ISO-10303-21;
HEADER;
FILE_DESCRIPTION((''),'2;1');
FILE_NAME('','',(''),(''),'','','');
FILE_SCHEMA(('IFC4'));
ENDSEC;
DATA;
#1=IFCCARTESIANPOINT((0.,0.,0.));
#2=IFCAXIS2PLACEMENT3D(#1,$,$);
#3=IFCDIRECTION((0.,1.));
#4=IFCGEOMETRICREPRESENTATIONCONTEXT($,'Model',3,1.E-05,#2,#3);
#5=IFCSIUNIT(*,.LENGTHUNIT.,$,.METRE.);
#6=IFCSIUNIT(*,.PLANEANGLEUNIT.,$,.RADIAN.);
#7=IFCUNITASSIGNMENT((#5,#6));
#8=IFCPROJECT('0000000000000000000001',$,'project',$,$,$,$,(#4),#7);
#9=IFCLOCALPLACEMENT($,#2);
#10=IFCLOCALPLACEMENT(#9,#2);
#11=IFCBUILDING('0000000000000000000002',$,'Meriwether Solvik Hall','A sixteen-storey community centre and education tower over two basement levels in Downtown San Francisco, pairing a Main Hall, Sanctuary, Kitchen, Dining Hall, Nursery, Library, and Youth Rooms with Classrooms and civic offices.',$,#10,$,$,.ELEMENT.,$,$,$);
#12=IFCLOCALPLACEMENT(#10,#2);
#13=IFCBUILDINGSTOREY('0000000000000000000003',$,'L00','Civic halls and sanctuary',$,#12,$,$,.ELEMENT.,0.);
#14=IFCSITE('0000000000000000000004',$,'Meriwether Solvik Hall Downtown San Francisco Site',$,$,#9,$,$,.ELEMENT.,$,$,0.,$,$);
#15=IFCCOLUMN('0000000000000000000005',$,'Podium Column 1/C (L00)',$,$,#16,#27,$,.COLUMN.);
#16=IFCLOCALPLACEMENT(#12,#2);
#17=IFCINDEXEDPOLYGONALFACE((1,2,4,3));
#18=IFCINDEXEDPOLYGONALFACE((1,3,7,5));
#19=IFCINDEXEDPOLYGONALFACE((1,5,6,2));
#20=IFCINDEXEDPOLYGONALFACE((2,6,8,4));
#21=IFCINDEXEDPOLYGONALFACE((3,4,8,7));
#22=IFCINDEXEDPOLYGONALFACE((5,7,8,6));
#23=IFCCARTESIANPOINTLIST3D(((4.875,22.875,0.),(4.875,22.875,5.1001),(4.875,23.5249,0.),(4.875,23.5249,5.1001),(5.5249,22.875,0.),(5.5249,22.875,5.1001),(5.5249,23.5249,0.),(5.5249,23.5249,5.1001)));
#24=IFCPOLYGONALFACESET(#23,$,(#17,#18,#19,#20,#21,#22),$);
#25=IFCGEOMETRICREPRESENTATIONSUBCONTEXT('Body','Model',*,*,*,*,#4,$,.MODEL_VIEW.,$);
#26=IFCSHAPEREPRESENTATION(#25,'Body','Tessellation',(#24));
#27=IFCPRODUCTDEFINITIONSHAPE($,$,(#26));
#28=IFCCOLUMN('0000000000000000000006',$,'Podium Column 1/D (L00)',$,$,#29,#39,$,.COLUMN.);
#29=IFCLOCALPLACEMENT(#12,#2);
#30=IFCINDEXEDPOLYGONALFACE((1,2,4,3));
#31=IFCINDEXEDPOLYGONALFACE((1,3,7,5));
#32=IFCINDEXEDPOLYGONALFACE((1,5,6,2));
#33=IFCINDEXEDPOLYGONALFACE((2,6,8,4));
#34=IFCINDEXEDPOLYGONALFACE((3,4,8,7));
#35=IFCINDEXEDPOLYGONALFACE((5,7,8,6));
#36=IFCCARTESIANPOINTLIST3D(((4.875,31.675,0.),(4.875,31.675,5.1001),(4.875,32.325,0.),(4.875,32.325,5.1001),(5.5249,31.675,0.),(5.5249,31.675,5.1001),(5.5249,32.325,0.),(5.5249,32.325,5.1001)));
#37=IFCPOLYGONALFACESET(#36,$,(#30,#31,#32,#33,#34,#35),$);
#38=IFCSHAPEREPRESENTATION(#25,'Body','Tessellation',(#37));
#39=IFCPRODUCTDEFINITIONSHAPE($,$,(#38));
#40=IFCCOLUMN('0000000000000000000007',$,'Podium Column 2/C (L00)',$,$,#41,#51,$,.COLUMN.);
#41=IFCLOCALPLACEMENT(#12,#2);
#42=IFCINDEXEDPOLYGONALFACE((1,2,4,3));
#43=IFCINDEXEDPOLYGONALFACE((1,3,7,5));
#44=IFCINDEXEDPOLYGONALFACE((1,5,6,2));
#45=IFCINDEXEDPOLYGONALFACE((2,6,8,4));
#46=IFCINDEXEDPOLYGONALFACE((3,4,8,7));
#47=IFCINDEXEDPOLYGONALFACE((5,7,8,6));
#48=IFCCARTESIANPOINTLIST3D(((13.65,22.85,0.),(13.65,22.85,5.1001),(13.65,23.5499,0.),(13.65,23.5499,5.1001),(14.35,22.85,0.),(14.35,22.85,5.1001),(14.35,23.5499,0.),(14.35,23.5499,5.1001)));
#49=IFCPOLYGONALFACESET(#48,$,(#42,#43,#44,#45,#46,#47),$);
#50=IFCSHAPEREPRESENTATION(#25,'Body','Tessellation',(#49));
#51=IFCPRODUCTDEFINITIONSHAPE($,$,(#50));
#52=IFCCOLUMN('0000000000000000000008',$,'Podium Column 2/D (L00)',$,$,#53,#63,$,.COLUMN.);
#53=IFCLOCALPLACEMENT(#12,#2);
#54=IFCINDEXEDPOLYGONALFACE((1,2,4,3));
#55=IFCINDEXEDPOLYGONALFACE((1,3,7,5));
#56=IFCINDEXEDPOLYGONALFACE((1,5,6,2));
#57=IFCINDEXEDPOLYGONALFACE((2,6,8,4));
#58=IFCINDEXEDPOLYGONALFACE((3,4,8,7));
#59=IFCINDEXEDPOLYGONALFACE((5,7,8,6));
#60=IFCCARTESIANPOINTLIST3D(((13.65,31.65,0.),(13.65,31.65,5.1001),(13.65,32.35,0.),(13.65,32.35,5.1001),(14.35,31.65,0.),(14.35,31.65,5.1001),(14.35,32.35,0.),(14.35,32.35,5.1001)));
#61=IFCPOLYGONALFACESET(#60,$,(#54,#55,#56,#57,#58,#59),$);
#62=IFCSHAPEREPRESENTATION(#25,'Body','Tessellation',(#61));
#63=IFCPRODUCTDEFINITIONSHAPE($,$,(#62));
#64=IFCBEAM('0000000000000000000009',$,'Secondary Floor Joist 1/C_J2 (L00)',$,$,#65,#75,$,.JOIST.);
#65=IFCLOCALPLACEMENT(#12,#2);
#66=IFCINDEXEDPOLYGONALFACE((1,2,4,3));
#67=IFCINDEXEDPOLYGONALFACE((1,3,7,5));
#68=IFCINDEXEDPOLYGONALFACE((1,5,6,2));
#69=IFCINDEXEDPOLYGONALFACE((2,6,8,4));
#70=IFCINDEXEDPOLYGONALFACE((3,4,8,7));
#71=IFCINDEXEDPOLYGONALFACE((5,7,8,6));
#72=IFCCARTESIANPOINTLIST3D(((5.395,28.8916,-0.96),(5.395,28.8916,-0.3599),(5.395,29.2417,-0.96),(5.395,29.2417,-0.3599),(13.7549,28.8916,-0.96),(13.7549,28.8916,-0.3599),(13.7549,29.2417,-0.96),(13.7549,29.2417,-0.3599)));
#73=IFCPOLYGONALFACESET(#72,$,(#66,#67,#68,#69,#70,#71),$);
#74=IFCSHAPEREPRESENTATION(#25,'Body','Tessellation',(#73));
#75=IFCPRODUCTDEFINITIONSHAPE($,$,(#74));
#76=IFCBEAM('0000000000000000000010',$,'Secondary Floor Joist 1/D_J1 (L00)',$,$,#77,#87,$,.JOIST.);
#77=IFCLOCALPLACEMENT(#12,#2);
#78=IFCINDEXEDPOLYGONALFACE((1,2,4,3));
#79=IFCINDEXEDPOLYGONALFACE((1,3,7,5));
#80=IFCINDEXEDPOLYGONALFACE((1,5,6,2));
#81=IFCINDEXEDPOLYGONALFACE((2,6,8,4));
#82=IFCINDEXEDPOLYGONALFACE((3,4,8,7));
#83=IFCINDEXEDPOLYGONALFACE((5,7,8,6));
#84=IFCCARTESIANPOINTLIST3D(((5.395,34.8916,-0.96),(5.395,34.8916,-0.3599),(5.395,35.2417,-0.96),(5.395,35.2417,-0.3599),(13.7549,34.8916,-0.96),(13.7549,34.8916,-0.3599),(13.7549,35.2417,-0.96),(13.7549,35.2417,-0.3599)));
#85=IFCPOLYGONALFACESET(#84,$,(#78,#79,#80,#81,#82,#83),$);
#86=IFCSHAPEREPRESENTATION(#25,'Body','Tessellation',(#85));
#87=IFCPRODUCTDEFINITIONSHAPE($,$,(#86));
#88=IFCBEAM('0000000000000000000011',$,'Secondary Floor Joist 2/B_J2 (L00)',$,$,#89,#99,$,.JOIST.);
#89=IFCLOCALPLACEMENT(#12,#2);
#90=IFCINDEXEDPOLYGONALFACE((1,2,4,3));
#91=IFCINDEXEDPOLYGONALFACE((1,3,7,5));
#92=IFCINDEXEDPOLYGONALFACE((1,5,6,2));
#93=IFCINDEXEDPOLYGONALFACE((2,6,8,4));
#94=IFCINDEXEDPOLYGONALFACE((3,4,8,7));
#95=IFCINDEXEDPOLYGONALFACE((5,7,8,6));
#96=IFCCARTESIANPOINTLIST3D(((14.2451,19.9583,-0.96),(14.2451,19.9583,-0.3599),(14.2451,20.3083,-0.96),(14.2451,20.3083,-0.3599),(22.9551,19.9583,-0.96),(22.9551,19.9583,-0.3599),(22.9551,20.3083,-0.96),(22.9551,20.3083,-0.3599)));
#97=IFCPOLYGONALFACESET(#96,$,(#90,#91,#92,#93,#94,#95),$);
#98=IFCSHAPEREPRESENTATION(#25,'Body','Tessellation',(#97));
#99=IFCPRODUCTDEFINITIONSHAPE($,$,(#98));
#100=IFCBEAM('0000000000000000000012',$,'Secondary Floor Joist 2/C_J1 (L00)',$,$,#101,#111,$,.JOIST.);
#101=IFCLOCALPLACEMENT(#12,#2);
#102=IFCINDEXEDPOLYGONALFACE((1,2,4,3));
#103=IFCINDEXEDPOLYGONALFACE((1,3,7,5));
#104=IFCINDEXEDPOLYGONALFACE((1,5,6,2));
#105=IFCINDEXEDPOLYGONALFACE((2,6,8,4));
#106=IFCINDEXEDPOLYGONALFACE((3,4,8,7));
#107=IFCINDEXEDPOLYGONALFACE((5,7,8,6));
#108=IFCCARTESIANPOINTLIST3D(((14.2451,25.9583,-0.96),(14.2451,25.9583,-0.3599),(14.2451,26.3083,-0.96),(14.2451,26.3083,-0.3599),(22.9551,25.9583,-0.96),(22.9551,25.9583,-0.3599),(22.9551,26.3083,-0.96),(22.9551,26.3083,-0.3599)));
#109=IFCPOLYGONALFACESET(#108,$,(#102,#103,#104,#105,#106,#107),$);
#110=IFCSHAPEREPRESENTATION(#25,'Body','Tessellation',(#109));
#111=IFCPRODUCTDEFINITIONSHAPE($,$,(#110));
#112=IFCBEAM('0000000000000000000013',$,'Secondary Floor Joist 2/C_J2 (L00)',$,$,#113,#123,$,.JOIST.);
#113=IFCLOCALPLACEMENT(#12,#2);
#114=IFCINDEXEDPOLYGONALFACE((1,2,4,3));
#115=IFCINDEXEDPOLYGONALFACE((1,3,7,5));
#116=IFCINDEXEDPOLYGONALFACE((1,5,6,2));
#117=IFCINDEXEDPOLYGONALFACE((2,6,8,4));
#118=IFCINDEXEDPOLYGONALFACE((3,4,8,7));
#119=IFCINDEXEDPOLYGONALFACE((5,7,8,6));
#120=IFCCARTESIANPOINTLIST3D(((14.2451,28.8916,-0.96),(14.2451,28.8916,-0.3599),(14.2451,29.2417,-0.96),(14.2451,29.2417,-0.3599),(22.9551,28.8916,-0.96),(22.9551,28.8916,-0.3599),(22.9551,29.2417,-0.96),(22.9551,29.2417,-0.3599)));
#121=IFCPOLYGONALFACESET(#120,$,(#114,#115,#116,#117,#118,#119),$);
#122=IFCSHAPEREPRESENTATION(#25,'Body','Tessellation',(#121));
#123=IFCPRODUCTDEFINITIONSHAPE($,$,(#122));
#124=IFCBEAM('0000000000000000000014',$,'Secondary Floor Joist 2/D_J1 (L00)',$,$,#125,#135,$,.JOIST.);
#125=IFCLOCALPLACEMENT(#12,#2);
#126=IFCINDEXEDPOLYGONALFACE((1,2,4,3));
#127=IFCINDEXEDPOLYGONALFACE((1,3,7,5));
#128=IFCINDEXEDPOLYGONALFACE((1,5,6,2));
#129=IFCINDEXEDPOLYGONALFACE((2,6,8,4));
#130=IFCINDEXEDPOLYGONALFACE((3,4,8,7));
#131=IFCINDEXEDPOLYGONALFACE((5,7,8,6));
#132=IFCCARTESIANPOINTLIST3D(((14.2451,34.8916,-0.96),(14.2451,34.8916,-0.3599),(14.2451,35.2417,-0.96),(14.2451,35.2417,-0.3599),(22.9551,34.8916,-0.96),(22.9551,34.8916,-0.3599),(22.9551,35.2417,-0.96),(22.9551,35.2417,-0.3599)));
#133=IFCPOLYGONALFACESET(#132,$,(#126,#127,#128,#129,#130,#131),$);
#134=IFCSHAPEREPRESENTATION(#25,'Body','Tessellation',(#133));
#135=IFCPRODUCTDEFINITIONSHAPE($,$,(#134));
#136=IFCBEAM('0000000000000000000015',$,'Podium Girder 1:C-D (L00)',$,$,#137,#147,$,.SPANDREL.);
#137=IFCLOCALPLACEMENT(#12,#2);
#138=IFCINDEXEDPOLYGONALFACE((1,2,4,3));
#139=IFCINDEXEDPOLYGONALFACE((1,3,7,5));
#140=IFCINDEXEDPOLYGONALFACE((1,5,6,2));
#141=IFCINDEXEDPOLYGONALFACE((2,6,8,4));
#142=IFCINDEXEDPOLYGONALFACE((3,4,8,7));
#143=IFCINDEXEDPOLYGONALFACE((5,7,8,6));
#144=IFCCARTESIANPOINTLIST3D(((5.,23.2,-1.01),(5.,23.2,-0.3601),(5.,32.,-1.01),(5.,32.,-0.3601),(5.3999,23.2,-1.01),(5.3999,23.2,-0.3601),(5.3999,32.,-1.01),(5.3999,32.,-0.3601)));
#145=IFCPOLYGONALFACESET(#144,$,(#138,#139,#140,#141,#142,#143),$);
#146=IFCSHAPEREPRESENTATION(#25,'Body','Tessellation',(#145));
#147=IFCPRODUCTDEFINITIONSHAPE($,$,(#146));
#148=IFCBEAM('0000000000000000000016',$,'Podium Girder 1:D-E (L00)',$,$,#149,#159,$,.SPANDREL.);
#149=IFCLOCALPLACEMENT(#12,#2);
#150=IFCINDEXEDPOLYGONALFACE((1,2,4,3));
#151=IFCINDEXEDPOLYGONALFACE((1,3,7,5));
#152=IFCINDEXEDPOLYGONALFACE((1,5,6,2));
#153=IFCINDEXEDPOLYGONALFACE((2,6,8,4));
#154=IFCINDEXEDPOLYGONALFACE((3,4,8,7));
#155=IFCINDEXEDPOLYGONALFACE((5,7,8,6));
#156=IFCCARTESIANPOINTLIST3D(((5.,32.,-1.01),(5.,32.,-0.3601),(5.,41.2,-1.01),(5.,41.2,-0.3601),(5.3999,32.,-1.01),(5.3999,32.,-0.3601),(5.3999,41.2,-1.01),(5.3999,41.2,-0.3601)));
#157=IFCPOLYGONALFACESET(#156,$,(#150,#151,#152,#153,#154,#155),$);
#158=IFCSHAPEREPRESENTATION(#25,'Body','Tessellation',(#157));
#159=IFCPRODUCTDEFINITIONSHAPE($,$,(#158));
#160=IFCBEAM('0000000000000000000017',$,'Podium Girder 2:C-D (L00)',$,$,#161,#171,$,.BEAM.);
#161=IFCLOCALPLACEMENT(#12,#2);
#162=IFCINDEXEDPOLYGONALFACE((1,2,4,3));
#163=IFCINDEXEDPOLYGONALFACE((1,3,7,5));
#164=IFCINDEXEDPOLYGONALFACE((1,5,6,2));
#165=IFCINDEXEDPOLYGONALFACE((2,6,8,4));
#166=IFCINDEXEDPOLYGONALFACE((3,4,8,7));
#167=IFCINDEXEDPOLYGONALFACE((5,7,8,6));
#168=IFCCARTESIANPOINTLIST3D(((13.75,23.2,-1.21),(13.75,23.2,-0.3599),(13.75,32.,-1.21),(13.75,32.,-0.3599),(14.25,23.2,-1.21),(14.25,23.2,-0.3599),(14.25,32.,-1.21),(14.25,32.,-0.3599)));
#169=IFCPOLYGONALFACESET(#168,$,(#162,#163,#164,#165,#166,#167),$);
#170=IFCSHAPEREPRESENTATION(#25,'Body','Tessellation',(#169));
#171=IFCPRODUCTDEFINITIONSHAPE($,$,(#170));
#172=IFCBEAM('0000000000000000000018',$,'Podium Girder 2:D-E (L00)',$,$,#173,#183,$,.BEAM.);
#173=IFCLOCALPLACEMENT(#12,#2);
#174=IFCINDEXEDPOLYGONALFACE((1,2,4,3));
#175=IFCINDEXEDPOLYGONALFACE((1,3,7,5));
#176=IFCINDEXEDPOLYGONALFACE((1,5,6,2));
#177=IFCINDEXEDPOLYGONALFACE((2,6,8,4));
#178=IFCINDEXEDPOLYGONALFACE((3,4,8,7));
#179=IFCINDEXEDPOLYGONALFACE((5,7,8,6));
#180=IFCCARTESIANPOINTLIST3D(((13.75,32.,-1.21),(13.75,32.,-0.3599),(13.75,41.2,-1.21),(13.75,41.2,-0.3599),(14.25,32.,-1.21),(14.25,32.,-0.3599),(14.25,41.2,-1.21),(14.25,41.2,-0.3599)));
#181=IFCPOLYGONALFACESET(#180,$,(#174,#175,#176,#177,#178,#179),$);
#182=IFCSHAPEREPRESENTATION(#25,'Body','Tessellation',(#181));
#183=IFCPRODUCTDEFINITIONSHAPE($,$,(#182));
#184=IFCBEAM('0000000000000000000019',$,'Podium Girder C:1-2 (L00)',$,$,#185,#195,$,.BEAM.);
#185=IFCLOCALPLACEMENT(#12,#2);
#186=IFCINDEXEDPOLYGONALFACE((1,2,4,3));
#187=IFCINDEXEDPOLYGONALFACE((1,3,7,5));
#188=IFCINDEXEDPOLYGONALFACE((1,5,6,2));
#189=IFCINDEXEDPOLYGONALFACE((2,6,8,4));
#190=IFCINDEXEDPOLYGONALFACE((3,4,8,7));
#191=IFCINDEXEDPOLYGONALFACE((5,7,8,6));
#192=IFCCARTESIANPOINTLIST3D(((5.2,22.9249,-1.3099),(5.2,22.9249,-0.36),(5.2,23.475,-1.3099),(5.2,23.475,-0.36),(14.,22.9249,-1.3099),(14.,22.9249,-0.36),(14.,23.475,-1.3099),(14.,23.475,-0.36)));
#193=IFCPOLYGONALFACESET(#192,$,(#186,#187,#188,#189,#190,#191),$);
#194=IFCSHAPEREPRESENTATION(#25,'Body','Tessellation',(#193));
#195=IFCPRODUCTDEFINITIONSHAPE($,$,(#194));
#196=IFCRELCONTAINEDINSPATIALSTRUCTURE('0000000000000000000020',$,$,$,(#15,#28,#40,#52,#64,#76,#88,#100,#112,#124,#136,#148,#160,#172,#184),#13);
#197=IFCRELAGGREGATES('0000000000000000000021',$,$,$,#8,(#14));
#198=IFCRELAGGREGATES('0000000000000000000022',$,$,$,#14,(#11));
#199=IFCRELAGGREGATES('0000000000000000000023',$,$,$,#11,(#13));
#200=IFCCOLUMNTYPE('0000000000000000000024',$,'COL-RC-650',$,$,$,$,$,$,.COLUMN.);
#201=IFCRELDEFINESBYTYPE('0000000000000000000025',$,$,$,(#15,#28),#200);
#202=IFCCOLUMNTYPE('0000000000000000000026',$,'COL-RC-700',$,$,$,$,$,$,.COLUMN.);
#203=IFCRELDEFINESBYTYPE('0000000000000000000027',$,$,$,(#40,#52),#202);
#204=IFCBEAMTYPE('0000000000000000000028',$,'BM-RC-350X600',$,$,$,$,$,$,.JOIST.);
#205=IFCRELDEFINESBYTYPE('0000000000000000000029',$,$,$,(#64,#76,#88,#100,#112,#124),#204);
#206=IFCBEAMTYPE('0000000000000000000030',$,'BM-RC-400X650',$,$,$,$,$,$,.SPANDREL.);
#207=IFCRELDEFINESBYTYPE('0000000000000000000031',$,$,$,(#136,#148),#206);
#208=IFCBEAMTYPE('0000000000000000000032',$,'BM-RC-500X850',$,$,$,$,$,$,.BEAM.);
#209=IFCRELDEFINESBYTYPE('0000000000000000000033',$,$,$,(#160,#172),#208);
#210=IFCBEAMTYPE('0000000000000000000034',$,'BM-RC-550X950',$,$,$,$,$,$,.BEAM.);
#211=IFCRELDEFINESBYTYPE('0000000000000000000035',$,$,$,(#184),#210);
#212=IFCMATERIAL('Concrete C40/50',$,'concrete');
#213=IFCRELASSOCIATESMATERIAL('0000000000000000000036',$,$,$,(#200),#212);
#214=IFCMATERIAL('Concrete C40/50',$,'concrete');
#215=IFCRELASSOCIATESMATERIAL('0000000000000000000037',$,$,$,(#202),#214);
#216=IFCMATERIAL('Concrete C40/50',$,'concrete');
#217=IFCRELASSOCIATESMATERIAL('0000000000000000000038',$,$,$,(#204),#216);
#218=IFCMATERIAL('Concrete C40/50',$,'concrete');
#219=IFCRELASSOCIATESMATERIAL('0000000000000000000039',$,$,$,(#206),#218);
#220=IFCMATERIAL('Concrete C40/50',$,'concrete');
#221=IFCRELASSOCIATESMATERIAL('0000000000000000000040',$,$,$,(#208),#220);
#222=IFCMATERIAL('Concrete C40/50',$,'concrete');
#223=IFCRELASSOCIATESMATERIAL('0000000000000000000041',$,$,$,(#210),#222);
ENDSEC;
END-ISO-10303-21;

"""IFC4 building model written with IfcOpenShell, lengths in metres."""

from ifc_helpers import new_model, si_unit, direction, frame, origin, origin_2d, place, context, subcontext, project, spatial, rectangle, extrude, material, material_profile, profile_set, type_object, element, save


model = new_model("IFC4")

# Units and contexts
model_context = context("Model", 3, precision=1e-05, world=origin(), true_north=direction((0.0, 1.0)))
body_context = subcontext(model_context, "Body", "Model", "MODEL_VIEW")
ifc_project = project(units=[si_unit("LENGTHUNIT", "METRE"), si_unit("PLANEANGLEUNIT", "RADIAN")], contexts=[model_context])

# Site, building, storey
site_placement = place(None, origin())
site = spatial("IfcSite", under=ifc_project, at=site_placement, Name="Meriwether Solvik Hall Downtown San Francisco Site", CompositionType="ELEMENT", RefElevation=0.0)
building_placement = place(site_placement, origin())
building = spatial("IfcBuilding", under=site, at=building_placement, Name="Meriwether Solvik Hall", Description="A sixteen-storey community centre and education tower over two basement levels in Downtown San Francisco, pairing a Main Hall, Sanctuary, Kitchen, Dining Hall, Nursery, Library, and Youth Rooms with Classrooms and civic offices.", CompositionType="ELEMENT")
storey_placement = place(building_placement, origin())
storey = spatial("IfcBuildingStorey", under=building, at=storey_placement, Name="L00", Description="Civic halls and sanctuary", CompositionType="ELEMENT", Elevation=0.0)

# Columns
ifc_material_1 = material(Name="Concrete C40/50", Category="concrete")
ifc_material_profile_1 = material_profile(ifc_material_1, rectangle(XDim=0.6499, YDim=0.6499, at=origin_2d()), Name="RCC-650X650")
ifc_profile_set_1 = profile_set([ifc_material_profile_1], Name="Concrete C40/50")
column_type_1 = type_object("IfcColumnType", Name="COL-RC-650", PredefinedType="COLUMN", material=ifc_profile_set_1)
for number, where, z_axis, x_axis, name in (
    (1, (5.2, 23.2, 0.0), (0.0, 0.0, 1.0), (1.0, 0.0, 0.0), "Podium Column 1/C (L00)"),
    (2, (5.2, 32.0, 0.0), (0.0, 0.0, 1.0), (1.0, 0.0, 0.0), "Podium Column 1/D (L00)"),
):
    element("IfcColumn", number, at=place(storey_placement, frame(where, z_axis=z_axis, x_axis=x_axis)), inside=storey, type_object=column_type_1, Name=name, PredefinedType="COLUMN", context=body_context, shape_type="SweptSolid", body=[
        extrude(rectangle(XDim=0.6499, YDim=0.6499, at=origin_2d()), origin(), (0.0, 0.0, 1.0), 5.1001),
    ])
ifc_material_2 = material(Name="Concrete C40/50", Category="concrete")
ifc_material_profile_2 = material_profile(ifc_material_2, rectangle(XDim=0.7, YDim=0.7, at=origin_2d()), Name="RCC-700X700")
ifc_profile_set_2 = profile_set([ifc_material_profile_2], Name="Concrete C40/50")
column_type_2 = type_object("IfcColumnType", Name="COL-RC-700", PredefinedType="COLUMN", material=ifc_profile_set_2)
for number, where, z_axis, x_axis, name in (
    (3, (14.0, 23.2, 0.0), (0.0, 0.0, 1.0), (1.0, 0.0, 0.0), "Podium Column 2/C (L00)"),
    (4, (14.0, 32.0, 0.0), (0.0, 0.0, 1.0), (1.0, 0.0, 0.0), "Podium Column 2/D (L00)"),
):
    element("IfcColumn", number, at=place(storey_placement, frame(where, z_axis=z_axis, x_axis=x_axis)), inside=storey, type_object=column_type_2, Name=name, PredefinedType="COLUMN", context=body_context, shape_type="SweptSolid", body=[
        extrude(rectangle(XDim=0.7, YDim=0.7, at=origin_2d()), origin(), (0.0, 0.0, 1.0), 5.1001),
    ])

# Beams
ifc_material_3 = material(Name="Concrete C40/50", Category="concrete")
ifc_material_profile_3 = material_profile(ifc_material_3, rectangle(XDim=0.3501, YDim=0.6001, at=origin_2d()), Name="RCB-350X600")
ifc_profile_set_3 = profile_set([ifc_material_profile_3], Name="Concrete C40/50")
beam_type_1 = type_object("IfcBeamType", Name="BM-RC-350X600", PredefinedType="JOIST", material=ifc_profile_set_3)
for number, where, z_axis, x_axis, name in (
    (5, (5.395, 29.0667, -0.6599), (1.0, 0.0, 0.0), (0.0, 1.0, 0.0), "Secondary Floor Joist 1/C_J2 (L00)"),
    (6, (5.395, 35.0667, -0.6599), (1.0, 0.0, 0.0), (0.0, 1.0, 0.0), "Secondary Floor Joist 1/D_J1 (L00)"),
):
    element("IfcBeam", number, at=place(storey_placement, frame(where, z_axis=z_axis, x_axis=x_axis)), inside=storey, type_object=beam_type_1, Name=name, PredefinedType="JOIST", context=body_context, shape_type="SweptSolid", body=[
        extrude(rectangle(XDim=0.3501, YDim=0.6001, at=origin_2d()), origin(), (0.0, 0.0, 1.0), 8.3599),
    ])
for number, where, z_axis, x_axis, name in (
    (7, (14.2451, 20.1333, -0.6599), (1.0, 0.0, 0.0), (0.0, 1.0, 0.0), "Secondary Floor Joist 2/B_J2 (L00)"),
    (8, (14.2451, 26.1333, -0.6599), (1.0, 0.0, 0.0), (0.0, 1.0, 0.0), "Secondary Floor Joist 2/C_J1 (L00)"),
    (9, (14.2451, 29.0667, -0.6599), (1.0, 0.0, 0.0), (0.0, 1.0, 0.0), "Secondary Floor Joist 2/C_J2 (L00)"),
    (10, (14.2451, 35.0667, -0.6599), (1.0, 0.0, 0.0), (0.0, 1.0, 0.0), "Secondary Floor Joist 2/D_J1 (L00)"),
):
    element("IfcBeam", number, at=place(storey_placement, frame(where, z_axis=z_axis, x_axis=x_axis)), inside=storey, type_object=beam_type_1, Name=name, PredefinedType="JOIST", context=body_context, shape_type="SweptSolid", body=[
        extrude(rectangle(XDim=0.3501, YDim=0.6001, at=origin_2d()), origin(), (0.0, 0.0, 1.0), 8.71),
    ])
ifc_material_4 = material(Name="Concrete C40/50", Category="concrete")
ifc_material_profile_4 = material_profile(ifc_material_4, rectangle(XDim=0.3999, YDim=0.6499, at=origin_2d()), Name="RCB-400X650")
ifc_profile_set_4 = profile_set([ifc_material_profile_4], Name="Concrete C40/50")
beam_type_2 = type_object("IfcBeamType", Name="BM-RC-400X650", PredefinedType="SPANDREL", material=ifc_profile_set_4)
beam_1_placement = place(storey_placement, frame((5.2, 23.2, -0.6851), z_axis=(0.0, 1.0, 0.0), x_axis=(-1.0, 0.0, 0.0)))
element("IfcBeam", 11, at=beam_1_placement, inside=storey, type_object=beam_type_2, Name="Podium Girder 1:C-D (L00)", PredefinedType="SPANDREL", context=body_context, shape_type="SweptSolid", body=[
    extrude(rectangle(XDim=0.3999, YDim=0.6499, at=origin_2d()), origin(), (0.0, 0.0, 1.0), 8.8),
])
beam_2_placement = place(storey_placement, frame((5.2, 32.0, -0.6851), z_axis=(0.0, 1.0, 0.0), x_axis=(-1.0, 0.0, 0.0)))
element("IfcBeam", 12, at=beam_2_placement, inside=storey, type_object=beam_type_2, Name="Podium Girder 1:D-E (L00)", PredefinedType="SPANDREL", context=body_context, shape_type="SweptSolid", body=[
    extrude(rectangle(XDim=0.3999, YDim=0.6499, at=origin_2d()), origin(), (0.0, 0.0, 1.0), 9.2),
])
ifc_material_5 = material(Name="Concrete C40/50", Category="concrete")
ifc_material_profile_5 = material_profile(ifc_material_5, rectangle(XDim=0.5, YDim=0.8501, at=origin_2d()), Name="RCB-500X850")
ifc_profile_set_5 = profile_set([ifc_material_profile_5], Name="Concrete C40/50")
beam_type_3 = type_object("IfcBeamType", Name="BM-RC-500X850", PredefinedType="BEAM", material=ifc_profile_set_5)
beam_3_placement = place(storey_placement, frame((14.0, 23.2, -0.7849), z_axis=(0.0, 1.0, 0.0), x_axis=(-1.0, 0.0, 0.0)))
element("IfcBeam", 13, at=beam_3_placement, inside=storey, type_object=beam_type_3, Name="Podium Girder 2:C-D (L00)", PredefinedType="BEAM", context=body_context, shape_type="SweptSolid", body=[
    extrude(rectangle(XDim=0.5, YDim=0.8501, at=origin_2d()), origin(), (0.0, 0.0, 1.0), 8.8),
])
beam_4_placement = place(storey_placement, frame((14.0, 32.0, -0.7849), z_axis=(0.0, 1.0, 0.0), x_axis=(-1.0, 0.0, 0.0)))
element("IfcBeam", 14, at=beam_4_placement, inside=storey, type_object=beam_type_3, Name="Podium Girder 2:D-E (L00)", PredefinedType="BEAM", context=body_context, shape_type="SweptSolid", body=[
    extrude(rectangle(XDim=0.5, YDim=0.8501, at=origin_2d()), origin(), (0.0, 0.0, 1.0), 9.2),
])
ifc_material_6 = material(Name="Concrete C40/50", Category="concrete")
ifc_material_profile_6 = material_profile(ifc_material_6, rectangle(XDim=0.55, YDim=0.95, at=origin_2d()), Name="RCB-550X950")
ifc_profile_set_6 = profile_set([ifc_material_profile_6], Name="Concrete C40/50")
beam_type_4 = type_object("IfcBeamType", Name="BM-RC-550X950", PredefinedType="BEAM", material=ifc_profile_set_6)
beam_5_placement = place(storey_placement, frame((5.2, 23.2, -0.835), z_axis=(1.0, 0.0, 0.0), x_axis=(0.0, 1.0, 0.0)))
element("IfcBeam", 15, at=beam_5_placement, inside=storey, type_object=beam_type_4, Name="Podium Girder C:1-2 (L00)", PredefinedType="BEAM", context=body_context, shape_type="SweptSolid", body=[
    extrude(rectangle(XDim=0.55, YDim=0.95, at=origin_2d()), origin(), (0.0, 0.0, 1.0), 8.8),
])

save(model, "model.ifc")
